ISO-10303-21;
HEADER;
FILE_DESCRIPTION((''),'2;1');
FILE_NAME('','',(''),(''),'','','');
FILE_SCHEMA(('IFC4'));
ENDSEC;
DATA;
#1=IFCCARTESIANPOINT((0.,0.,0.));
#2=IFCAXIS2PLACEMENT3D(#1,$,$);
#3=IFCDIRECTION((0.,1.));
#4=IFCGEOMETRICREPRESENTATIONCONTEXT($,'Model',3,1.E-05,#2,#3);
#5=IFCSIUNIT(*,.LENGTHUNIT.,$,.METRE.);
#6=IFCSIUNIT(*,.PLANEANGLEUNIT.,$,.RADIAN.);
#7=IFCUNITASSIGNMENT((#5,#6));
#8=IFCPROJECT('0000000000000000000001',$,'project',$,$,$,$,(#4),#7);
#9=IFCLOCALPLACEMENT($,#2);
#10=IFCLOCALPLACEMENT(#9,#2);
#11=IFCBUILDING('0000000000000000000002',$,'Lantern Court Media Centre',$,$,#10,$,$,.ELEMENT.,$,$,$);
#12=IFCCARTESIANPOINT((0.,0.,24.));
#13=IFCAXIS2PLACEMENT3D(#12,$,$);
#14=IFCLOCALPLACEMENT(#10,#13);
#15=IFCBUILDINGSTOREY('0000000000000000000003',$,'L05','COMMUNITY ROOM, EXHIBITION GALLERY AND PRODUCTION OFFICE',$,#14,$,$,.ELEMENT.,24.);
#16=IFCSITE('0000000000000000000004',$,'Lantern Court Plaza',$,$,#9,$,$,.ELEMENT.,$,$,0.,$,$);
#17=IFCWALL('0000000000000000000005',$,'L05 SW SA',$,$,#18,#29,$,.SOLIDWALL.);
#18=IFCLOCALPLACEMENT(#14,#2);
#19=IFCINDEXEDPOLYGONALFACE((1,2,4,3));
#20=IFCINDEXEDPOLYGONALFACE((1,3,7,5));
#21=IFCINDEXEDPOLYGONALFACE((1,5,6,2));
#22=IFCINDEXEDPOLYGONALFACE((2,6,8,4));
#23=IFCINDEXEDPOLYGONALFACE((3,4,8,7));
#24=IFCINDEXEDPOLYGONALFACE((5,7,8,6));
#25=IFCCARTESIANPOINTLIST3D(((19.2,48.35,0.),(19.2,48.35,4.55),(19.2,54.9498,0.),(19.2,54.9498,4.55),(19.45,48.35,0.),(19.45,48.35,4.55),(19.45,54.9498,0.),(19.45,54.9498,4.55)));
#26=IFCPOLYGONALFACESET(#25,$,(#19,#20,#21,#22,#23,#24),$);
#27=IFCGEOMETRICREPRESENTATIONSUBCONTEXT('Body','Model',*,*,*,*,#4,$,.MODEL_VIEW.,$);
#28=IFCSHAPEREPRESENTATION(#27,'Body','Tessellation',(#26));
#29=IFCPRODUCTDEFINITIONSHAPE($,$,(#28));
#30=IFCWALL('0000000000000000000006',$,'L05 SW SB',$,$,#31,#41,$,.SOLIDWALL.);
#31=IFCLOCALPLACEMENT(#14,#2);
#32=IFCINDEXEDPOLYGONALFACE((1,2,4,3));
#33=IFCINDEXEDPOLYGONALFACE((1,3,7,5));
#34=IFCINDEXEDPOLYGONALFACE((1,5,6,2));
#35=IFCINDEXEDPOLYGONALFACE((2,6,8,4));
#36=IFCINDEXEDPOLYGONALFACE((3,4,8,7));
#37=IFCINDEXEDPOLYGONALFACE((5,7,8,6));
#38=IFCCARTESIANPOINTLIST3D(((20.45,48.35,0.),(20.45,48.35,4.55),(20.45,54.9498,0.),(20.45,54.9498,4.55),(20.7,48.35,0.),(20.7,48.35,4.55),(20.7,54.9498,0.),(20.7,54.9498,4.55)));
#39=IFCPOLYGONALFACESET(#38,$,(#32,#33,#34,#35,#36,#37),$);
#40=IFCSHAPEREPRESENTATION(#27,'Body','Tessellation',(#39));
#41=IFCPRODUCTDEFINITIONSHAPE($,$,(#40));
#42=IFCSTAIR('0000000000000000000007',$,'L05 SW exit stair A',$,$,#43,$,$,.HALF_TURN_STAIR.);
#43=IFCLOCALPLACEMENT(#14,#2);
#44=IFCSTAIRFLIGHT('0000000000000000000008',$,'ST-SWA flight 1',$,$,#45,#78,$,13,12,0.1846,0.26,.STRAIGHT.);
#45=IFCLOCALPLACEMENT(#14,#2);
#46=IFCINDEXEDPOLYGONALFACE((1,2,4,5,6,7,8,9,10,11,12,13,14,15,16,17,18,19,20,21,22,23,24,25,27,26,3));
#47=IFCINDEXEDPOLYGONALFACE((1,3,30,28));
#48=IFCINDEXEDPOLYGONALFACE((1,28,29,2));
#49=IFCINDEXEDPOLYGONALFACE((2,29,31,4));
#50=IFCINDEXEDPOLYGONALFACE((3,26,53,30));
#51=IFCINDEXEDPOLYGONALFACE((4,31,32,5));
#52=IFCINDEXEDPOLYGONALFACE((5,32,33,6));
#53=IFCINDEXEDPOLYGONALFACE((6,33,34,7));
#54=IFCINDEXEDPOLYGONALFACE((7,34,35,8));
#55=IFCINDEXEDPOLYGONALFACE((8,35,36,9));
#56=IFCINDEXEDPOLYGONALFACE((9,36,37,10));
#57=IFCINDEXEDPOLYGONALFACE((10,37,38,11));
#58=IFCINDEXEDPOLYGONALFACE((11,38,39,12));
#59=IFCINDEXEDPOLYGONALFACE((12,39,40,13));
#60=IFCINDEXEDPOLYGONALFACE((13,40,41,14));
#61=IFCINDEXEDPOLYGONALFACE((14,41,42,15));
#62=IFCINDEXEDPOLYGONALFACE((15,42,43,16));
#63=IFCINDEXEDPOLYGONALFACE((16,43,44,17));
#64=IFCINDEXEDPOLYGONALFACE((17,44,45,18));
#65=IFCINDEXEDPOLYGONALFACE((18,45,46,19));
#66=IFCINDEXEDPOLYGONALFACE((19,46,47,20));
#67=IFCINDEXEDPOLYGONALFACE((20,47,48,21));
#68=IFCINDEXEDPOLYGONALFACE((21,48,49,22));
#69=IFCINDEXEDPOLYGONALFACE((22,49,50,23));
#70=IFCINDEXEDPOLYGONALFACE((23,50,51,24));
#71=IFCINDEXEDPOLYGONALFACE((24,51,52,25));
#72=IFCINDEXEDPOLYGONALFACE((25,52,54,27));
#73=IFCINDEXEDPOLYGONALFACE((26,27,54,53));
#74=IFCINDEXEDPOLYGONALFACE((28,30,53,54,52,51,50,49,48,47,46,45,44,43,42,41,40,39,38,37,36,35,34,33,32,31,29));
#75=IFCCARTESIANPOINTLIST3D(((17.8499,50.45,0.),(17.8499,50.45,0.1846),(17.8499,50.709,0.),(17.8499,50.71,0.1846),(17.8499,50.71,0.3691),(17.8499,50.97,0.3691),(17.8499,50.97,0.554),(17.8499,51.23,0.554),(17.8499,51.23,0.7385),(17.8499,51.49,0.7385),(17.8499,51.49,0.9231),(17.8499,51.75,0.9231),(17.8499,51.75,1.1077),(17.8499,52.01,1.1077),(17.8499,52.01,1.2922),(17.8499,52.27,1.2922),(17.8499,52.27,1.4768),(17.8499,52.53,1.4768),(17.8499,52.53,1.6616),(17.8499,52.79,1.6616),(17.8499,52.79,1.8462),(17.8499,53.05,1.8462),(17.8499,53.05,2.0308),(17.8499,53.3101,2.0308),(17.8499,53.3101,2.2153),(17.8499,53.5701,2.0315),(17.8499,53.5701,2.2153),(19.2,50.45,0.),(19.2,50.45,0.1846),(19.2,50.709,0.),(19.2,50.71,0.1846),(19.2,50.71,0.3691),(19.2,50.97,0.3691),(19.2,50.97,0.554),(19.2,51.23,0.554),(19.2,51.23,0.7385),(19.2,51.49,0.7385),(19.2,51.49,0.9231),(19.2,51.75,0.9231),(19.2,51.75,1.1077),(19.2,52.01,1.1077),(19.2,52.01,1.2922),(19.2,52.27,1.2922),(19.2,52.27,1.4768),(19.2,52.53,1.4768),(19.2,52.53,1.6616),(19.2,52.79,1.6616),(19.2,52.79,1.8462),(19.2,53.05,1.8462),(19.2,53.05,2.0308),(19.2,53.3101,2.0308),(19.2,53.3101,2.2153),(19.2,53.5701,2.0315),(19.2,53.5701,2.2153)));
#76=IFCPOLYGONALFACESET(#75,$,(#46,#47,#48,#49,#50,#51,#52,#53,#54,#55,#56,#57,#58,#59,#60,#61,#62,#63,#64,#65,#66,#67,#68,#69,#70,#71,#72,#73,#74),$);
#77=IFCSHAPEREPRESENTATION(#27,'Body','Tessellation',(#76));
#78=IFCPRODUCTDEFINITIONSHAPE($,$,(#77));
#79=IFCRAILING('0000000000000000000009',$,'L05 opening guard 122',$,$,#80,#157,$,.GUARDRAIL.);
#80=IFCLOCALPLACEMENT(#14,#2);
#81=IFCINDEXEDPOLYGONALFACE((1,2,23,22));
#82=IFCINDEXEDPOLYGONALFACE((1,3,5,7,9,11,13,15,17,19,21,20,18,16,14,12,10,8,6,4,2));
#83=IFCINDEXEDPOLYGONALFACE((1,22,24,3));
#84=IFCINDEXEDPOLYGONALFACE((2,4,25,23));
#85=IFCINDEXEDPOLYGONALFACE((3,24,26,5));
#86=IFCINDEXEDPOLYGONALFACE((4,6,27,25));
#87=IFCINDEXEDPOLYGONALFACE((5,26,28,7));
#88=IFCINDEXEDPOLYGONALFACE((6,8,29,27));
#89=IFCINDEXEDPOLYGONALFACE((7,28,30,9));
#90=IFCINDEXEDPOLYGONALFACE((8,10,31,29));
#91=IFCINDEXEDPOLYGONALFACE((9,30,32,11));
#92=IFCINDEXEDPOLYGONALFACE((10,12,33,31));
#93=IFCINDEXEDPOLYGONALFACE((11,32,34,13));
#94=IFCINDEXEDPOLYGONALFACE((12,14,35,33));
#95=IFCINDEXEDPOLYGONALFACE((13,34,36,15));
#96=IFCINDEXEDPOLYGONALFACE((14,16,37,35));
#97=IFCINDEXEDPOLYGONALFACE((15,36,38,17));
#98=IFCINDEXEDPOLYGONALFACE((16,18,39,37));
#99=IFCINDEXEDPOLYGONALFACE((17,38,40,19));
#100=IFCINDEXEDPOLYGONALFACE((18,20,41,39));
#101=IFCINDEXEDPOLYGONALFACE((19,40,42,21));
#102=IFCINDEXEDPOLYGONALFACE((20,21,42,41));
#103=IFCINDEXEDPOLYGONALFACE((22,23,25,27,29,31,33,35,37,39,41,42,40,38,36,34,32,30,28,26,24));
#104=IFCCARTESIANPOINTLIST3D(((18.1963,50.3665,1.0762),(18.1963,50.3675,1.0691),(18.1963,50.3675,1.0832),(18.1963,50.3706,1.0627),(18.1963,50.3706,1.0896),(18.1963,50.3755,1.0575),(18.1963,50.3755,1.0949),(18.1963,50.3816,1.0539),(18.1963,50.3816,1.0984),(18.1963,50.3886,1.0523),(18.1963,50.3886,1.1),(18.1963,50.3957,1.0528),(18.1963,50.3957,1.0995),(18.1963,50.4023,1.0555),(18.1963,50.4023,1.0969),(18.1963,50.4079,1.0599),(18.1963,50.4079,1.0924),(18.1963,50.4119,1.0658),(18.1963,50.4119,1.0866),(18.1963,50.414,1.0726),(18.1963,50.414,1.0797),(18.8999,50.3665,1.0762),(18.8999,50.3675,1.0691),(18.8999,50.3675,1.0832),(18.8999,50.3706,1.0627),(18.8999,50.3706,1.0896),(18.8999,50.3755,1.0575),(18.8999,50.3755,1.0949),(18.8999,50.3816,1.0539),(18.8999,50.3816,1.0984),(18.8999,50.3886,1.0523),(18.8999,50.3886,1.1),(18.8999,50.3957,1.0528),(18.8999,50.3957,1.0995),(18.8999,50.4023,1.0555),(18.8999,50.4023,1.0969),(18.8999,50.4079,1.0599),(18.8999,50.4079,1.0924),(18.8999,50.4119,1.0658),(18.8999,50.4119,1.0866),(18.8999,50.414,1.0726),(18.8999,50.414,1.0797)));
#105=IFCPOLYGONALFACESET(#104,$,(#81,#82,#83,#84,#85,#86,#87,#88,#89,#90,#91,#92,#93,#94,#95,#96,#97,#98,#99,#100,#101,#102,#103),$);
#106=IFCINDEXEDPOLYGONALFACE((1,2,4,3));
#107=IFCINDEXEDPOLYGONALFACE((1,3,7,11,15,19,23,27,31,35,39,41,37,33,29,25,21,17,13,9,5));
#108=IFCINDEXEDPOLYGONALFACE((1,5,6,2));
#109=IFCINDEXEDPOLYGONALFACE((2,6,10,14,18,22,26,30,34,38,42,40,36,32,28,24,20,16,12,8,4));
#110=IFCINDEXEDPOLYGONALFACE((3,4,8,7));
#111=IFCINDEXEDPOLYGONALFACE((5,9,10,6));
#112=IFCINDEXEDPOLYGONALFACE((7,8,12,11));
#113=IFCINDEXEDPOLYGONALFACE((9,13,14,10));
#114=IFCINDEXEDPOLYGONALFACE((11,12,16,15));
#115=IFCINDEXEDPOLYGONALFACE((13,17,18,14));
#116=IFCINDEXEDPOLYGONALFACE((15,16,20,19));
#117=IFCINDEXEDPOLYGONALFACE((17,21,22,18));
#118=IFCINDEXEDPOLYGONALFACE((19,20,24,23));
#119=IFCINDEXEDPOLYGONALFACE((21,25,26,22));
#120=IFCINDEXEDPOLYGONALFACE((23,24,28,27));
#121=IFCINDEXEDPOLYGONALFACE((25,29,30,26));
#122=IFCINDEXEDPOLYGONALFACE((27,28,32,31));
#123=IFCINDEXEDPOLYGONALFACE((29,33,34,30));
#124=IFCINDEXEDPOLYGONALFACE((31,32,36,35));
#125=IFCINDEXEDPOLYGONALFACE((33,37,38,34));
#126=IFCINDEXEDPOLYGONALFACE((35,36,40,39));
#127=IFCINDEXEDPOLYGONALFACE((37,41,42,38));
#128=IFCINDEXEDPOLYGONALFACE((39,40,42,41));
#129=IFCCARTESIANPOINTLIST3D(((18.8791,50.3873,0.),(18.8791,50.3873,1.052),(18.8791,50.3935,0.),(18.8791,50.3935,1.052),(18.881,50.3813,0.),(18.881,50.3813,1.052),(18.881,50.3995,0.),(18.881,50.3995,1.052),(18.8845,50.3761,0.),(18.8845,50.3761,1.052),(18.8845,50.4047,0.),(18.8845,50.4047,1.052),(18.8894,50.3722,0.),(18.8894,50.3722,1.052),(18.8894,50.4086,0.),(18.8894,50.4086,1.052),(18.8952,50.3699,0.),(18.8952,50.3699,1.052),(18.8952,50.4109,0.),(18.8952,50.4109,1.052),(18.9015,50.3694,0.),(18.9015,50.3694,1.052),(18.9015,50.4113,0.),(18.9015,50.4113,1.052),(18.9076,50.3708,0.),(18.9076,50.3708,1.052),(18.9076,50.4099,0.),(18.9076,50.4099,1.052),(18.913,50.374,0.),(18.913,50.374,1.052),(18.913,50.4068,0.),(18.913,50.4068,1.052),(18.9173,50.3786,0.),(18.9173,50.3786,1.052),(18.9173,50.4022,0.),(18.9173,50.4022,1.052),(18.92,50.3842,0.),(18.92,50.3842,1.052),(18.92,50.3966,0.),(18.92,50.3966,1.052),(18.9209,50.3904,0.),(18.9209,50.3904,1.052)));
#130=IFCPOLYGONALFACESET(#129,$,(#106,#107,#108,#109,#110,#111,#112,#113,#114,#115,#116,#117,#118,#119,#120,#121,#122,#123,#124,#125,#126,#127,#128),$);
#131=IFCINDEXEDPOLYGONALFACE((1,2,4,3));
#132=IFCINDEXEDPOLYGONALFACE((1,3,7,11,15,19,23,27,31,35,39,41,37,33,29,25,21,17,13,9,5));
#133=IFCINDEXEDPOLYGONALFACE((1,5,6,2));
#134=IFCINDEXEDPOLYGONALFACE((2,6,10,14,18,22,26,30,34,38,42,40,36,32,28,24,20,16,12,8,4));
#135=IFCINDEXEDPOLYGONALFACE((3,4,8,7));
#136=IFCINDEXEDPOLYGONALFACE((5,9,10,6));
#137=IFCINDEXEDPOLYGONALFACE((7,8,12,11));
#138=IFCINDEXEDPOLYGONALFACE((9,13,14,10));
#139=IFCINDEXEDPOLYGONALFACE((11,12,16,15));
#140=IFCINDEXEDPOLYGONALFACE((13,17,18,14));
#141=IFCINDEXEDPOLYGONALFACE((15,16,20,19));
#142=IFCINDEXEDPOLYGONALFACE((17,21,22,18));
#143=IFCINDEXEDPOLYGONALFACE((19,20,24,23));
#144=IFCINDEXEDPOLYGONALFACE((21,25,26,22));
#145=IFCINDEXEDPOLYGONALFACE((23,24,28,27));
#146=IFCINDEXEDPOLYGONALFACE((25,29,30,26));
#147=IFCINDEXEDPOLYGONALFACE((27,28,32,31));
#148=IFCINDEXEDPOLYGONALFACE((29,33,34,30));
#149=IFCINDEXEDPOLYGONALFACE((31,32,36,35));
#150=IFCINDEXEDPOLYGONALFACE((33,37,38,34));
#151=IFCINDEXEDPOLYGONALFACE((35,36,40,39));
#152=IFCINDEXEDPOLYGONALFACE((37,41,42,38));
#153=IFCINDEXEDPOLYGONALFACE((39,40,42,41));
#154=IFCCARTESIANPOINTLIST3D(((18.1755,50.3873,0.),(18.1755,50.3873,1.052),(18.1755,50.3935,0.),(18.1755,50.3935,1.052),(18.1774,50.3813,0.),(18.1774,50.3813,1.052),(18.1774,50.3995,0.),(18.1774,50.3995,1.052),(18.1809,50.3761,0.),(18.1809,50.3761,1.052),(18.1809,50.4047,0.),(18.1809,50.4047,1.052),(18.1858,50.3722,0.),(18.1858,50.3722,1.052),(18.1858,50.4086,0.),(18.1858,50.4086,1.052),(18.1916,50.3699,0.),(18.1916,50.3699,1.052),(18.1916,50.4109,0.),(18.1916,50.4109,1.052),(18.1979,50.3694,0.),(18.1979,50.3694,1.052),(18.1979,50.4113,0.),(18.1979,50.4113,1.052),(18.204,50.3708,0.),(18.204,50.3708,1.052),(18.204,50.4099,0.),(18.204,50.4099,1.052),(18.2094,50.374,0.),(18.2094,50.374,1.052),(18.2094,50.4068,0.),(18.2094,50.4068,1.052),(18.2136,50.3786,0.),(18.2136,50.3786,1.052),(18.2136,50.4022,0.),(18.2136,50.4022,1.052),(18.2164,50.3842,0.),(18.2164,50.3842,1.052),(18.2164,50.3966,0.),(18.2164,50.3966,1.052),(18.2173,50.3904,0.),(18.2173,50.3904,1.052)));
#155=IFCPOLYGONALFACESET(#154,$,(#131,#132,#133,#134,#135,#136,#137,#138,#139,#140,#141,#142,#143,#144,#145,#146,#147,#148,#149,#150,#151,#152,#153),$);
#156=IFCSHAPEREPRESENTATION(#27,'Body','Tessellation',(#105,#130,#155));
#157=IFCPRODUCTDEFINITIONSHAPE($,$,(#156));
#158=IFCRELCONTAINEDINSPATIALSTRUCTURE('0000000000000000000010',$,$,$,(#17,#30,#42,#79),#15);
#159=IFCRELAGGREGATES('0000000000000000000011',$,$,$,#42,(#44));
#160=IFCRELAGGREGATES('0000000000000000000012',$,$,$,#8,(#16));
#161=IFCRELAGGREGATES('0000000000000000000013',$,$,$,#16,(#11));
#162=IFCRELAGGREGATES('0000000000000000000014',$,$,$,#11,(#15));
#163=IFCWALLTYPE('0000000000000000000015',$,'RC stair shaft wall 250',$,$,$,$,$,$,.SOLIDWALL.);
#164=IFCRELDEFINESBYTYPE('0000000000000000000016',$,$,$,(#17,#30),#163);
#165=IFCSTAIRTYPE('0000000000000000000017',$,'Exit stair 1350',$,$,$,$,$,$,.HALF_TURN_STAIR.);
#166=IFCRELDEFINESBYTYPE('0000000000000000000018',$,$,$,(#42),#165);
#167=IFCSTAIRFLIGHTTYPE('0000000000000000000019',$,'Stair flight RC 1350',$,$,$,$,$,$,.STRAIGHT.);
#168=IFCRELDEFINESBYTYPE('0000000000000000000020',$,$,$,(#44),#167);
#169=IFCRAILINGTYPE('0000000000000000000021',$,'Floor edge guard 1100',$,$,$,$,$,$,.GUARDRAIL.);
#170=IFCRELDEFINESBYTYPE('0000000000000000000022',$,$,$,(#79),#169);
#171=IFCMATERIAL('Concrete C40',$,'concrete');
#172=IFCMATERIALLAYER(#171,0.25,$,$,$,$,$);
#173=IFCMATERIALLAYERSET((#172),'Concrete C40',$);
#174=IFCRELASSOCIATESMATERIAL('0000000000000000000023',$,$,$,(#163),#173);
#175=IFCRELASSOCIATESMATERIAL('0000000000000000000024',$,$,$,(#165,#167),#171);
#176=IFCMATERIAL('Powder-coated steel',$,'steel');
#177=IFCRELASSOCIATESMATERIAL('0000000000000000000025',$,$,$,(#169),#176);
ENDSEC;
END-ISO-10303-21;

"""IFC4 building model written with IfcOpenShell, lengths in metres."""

from ifc_helpers import new_model, si_unit, direction, frame, frame_2d, origin, origin_2d, place, context, subcontext, project, spatial, polyline, rectangle, circle, outline, extrude, material, layer, layer_set, type_object, element, aggregate, save


model = new_model("IFC4")

# Units and contexts
model_context = context("Model", 3, precision=1e-05, world=origin(), true_north=direction((0.0, 1.0)))
body_context = subcontext(model_context, "Body", "Model", "MODEL_VIEW")
ifc_project = project(units=[si_unit("LENGTHUNIT", "METRE"), si_unit("PLANEANGLEUNIT", "RADIAN")], contexts=[model_context])

# Site, building, storey
site_placement = place(None, origin())
site = spatial("IfcSite", under=ifc_project, at=site_placement, Name="Lantern Court Plaza", CompositionType="ELEMENT", RefElevation=0.0)
building_placement = place(site_placement, origin())
building = spatial("IfcBuilding", under=site, at=building_placement, Name="Lantern Court Media Centre", CompositionType="ELEMENT")
storey_placement = place(building_placement, frame((0.0, 0.0, 24.0)))
storey = spatial("IfcBuildingStorey", under=building, at=storey_placement, Name="L05", Description="COMMUNITY ROOM, EXHIBITION GALLERY AND PRODUCTION OFFICE", CompositionType="ELEMENT", Elevation=24.0)

# Walls
ifc_material_1 = material(Name="Concrete C40", Category="concrete")
ifc_layer_1 = layer(ifc_material_1, 0.25)
ifc_layer_set_1 = layer_set([ifc_layer_1], Name="Concrete C40")
wall_type = type_object("IfcWallType", Name="RC stair shaft wall 250", PredefinedType="SOLIDWALL", material=ifc_layer_set_1)
for number, where, z_axis, x_axis, name in (
    (1, (19.325, 48.3501, 0.0), (0.0, 0.0, 1.0), (0.0, 1.0, 0.0), "L05 SW SA"),
    (2, (20.575, 48.3501, 0.0), (0.0, 0.0, 1.0), (0.0, 1.0, 0.0), "L05 SW SB"),
):
    element("IfcWall", number, at=place(storey_placement, frame(where, z_axis=z_axis, x_axis=x_axis)), inside=storey, type_object=wall_type, Name=name, PredefinedType="SOLIDWALL", context=body_context, shape_type="SweptSolid", body=[
        extrude(rectangle(XDim=6.5999, YDim=0.25, at=frame_2d((3.2998, 0.0))), origin(), (0.0, 0.0, 1.0), 4.55),
    ])

# Stair, stair flight
stair_type = type_object("IfcStairType", Name="Exit stair 1350", PredefinedType="HALF_TURN_STAIR", material=ifc_material_1)
stair_placement = place(storey_placement, origin())
stair = element("IfcStair", 3, at=stair_placement, inside=storey, type_object=stair_type, Name="L05 SW exit stair A", PredefinedType="HALF_TURN_STAIR")
stair_flight_type = type_object("IfcStairFlightType", Name="Stair flight RC 1350", PredefinedType="STRAIGHT", material=ifc_material_1)
stair_flight_placement = place(storey_placement, frame((18.5249, 50.45, 0.0), z_axis=(0.0, 0.0, 1.0), x_axis=(0.0, 1.0, 0.0)))
stair_flight = element("IfcStairFlight", 4, at=stair_flight_placement, type_object=stair_flight_type, Name="ST-SWA flight 1", NumberOfRisers=13, NumberOfTreads=12, PredefinedType="STRAIGHT", RiserHeight=0.1846, TreadLength=0.26, context=body_context, shape_type="SweptSolid", body=[
    extrude(outline(polyline([(0.0, 0.0), (0.0, 0.1846), (0.26, 0.1846), (0.26, 0.3691), (0.52, 0.3691), (0.52, 0.554), (0.78, 0.554), (0.78, 0.7385), (1.04, 0.7385), (1.04, 0.9231), (1.3, 0.9231), (1.3, 1.1077), (1.5601, 1.1077), (1.5601, 1.2922), (1.8201, 1.2922), (1.8201, 1.4768), (2.0801, 1.4768), (2.0801, 1.6616), (2.3401, 1.6616), (2.3401, 1.8462), (2.6001, 1.8462), (2.6001, 2.0308), (2.8601, 2.0308), (2.8601, 2.2153), (3.1201, 2.2153), (3.1201, 2.3999), (3.1201, 2.0315), (0.259, 0.0), (0.0, 0.0)])), frame((0.0, 0.675, 0.0), z_axis=(0.0, -1.0, 0.0), x_axis=(1.0, 0.0, 0.0)), (0.0, 0.0, 1.0), 1.3501),
])
aggregate(stair, [stair_flight])

# Railing
ifc_material_2 = material(Name="Powder-coated steel", Category="steel")
railing_type_1 = type_object("IfcRailingType", Name="Floor edge guard 1100", PredefinedType="GUARDRAIL", material=ifc_material_2)
railing_1_placement = place(storey_placement, frame((18.8999, 50.3904, 0.0)))
element("IfcRailing", 5, at=railing_1_placement, inside=storey, type_object=railing_type_1, Name="L05 opening guard 122", PredefinedType="GUARDRAIL", context=body_context, shape_type="SweptSolid", body=[
    extrude(circle(Radius=0.0239, at=origin_2d()), frame((0.0, 0.0, 1.0762), z_axis=(-1.0, 0.0, 0.0), x_axis=(0.0, -1.0, 0.0)), (0.0, 0.0, 1.0), 0.7036),
    extrude(circle(Radius=0.021, at=origin_2d()), origin(), (0.0, 0.0, 1.0), 1.052),
    extrude(circle(Radius=0.021, at=origin_2d()), frame((-0.7036, 0.0, 0.0)), (0.0, 0.0, 1.0), 1.052),
])

save(model, "model.ifc")
